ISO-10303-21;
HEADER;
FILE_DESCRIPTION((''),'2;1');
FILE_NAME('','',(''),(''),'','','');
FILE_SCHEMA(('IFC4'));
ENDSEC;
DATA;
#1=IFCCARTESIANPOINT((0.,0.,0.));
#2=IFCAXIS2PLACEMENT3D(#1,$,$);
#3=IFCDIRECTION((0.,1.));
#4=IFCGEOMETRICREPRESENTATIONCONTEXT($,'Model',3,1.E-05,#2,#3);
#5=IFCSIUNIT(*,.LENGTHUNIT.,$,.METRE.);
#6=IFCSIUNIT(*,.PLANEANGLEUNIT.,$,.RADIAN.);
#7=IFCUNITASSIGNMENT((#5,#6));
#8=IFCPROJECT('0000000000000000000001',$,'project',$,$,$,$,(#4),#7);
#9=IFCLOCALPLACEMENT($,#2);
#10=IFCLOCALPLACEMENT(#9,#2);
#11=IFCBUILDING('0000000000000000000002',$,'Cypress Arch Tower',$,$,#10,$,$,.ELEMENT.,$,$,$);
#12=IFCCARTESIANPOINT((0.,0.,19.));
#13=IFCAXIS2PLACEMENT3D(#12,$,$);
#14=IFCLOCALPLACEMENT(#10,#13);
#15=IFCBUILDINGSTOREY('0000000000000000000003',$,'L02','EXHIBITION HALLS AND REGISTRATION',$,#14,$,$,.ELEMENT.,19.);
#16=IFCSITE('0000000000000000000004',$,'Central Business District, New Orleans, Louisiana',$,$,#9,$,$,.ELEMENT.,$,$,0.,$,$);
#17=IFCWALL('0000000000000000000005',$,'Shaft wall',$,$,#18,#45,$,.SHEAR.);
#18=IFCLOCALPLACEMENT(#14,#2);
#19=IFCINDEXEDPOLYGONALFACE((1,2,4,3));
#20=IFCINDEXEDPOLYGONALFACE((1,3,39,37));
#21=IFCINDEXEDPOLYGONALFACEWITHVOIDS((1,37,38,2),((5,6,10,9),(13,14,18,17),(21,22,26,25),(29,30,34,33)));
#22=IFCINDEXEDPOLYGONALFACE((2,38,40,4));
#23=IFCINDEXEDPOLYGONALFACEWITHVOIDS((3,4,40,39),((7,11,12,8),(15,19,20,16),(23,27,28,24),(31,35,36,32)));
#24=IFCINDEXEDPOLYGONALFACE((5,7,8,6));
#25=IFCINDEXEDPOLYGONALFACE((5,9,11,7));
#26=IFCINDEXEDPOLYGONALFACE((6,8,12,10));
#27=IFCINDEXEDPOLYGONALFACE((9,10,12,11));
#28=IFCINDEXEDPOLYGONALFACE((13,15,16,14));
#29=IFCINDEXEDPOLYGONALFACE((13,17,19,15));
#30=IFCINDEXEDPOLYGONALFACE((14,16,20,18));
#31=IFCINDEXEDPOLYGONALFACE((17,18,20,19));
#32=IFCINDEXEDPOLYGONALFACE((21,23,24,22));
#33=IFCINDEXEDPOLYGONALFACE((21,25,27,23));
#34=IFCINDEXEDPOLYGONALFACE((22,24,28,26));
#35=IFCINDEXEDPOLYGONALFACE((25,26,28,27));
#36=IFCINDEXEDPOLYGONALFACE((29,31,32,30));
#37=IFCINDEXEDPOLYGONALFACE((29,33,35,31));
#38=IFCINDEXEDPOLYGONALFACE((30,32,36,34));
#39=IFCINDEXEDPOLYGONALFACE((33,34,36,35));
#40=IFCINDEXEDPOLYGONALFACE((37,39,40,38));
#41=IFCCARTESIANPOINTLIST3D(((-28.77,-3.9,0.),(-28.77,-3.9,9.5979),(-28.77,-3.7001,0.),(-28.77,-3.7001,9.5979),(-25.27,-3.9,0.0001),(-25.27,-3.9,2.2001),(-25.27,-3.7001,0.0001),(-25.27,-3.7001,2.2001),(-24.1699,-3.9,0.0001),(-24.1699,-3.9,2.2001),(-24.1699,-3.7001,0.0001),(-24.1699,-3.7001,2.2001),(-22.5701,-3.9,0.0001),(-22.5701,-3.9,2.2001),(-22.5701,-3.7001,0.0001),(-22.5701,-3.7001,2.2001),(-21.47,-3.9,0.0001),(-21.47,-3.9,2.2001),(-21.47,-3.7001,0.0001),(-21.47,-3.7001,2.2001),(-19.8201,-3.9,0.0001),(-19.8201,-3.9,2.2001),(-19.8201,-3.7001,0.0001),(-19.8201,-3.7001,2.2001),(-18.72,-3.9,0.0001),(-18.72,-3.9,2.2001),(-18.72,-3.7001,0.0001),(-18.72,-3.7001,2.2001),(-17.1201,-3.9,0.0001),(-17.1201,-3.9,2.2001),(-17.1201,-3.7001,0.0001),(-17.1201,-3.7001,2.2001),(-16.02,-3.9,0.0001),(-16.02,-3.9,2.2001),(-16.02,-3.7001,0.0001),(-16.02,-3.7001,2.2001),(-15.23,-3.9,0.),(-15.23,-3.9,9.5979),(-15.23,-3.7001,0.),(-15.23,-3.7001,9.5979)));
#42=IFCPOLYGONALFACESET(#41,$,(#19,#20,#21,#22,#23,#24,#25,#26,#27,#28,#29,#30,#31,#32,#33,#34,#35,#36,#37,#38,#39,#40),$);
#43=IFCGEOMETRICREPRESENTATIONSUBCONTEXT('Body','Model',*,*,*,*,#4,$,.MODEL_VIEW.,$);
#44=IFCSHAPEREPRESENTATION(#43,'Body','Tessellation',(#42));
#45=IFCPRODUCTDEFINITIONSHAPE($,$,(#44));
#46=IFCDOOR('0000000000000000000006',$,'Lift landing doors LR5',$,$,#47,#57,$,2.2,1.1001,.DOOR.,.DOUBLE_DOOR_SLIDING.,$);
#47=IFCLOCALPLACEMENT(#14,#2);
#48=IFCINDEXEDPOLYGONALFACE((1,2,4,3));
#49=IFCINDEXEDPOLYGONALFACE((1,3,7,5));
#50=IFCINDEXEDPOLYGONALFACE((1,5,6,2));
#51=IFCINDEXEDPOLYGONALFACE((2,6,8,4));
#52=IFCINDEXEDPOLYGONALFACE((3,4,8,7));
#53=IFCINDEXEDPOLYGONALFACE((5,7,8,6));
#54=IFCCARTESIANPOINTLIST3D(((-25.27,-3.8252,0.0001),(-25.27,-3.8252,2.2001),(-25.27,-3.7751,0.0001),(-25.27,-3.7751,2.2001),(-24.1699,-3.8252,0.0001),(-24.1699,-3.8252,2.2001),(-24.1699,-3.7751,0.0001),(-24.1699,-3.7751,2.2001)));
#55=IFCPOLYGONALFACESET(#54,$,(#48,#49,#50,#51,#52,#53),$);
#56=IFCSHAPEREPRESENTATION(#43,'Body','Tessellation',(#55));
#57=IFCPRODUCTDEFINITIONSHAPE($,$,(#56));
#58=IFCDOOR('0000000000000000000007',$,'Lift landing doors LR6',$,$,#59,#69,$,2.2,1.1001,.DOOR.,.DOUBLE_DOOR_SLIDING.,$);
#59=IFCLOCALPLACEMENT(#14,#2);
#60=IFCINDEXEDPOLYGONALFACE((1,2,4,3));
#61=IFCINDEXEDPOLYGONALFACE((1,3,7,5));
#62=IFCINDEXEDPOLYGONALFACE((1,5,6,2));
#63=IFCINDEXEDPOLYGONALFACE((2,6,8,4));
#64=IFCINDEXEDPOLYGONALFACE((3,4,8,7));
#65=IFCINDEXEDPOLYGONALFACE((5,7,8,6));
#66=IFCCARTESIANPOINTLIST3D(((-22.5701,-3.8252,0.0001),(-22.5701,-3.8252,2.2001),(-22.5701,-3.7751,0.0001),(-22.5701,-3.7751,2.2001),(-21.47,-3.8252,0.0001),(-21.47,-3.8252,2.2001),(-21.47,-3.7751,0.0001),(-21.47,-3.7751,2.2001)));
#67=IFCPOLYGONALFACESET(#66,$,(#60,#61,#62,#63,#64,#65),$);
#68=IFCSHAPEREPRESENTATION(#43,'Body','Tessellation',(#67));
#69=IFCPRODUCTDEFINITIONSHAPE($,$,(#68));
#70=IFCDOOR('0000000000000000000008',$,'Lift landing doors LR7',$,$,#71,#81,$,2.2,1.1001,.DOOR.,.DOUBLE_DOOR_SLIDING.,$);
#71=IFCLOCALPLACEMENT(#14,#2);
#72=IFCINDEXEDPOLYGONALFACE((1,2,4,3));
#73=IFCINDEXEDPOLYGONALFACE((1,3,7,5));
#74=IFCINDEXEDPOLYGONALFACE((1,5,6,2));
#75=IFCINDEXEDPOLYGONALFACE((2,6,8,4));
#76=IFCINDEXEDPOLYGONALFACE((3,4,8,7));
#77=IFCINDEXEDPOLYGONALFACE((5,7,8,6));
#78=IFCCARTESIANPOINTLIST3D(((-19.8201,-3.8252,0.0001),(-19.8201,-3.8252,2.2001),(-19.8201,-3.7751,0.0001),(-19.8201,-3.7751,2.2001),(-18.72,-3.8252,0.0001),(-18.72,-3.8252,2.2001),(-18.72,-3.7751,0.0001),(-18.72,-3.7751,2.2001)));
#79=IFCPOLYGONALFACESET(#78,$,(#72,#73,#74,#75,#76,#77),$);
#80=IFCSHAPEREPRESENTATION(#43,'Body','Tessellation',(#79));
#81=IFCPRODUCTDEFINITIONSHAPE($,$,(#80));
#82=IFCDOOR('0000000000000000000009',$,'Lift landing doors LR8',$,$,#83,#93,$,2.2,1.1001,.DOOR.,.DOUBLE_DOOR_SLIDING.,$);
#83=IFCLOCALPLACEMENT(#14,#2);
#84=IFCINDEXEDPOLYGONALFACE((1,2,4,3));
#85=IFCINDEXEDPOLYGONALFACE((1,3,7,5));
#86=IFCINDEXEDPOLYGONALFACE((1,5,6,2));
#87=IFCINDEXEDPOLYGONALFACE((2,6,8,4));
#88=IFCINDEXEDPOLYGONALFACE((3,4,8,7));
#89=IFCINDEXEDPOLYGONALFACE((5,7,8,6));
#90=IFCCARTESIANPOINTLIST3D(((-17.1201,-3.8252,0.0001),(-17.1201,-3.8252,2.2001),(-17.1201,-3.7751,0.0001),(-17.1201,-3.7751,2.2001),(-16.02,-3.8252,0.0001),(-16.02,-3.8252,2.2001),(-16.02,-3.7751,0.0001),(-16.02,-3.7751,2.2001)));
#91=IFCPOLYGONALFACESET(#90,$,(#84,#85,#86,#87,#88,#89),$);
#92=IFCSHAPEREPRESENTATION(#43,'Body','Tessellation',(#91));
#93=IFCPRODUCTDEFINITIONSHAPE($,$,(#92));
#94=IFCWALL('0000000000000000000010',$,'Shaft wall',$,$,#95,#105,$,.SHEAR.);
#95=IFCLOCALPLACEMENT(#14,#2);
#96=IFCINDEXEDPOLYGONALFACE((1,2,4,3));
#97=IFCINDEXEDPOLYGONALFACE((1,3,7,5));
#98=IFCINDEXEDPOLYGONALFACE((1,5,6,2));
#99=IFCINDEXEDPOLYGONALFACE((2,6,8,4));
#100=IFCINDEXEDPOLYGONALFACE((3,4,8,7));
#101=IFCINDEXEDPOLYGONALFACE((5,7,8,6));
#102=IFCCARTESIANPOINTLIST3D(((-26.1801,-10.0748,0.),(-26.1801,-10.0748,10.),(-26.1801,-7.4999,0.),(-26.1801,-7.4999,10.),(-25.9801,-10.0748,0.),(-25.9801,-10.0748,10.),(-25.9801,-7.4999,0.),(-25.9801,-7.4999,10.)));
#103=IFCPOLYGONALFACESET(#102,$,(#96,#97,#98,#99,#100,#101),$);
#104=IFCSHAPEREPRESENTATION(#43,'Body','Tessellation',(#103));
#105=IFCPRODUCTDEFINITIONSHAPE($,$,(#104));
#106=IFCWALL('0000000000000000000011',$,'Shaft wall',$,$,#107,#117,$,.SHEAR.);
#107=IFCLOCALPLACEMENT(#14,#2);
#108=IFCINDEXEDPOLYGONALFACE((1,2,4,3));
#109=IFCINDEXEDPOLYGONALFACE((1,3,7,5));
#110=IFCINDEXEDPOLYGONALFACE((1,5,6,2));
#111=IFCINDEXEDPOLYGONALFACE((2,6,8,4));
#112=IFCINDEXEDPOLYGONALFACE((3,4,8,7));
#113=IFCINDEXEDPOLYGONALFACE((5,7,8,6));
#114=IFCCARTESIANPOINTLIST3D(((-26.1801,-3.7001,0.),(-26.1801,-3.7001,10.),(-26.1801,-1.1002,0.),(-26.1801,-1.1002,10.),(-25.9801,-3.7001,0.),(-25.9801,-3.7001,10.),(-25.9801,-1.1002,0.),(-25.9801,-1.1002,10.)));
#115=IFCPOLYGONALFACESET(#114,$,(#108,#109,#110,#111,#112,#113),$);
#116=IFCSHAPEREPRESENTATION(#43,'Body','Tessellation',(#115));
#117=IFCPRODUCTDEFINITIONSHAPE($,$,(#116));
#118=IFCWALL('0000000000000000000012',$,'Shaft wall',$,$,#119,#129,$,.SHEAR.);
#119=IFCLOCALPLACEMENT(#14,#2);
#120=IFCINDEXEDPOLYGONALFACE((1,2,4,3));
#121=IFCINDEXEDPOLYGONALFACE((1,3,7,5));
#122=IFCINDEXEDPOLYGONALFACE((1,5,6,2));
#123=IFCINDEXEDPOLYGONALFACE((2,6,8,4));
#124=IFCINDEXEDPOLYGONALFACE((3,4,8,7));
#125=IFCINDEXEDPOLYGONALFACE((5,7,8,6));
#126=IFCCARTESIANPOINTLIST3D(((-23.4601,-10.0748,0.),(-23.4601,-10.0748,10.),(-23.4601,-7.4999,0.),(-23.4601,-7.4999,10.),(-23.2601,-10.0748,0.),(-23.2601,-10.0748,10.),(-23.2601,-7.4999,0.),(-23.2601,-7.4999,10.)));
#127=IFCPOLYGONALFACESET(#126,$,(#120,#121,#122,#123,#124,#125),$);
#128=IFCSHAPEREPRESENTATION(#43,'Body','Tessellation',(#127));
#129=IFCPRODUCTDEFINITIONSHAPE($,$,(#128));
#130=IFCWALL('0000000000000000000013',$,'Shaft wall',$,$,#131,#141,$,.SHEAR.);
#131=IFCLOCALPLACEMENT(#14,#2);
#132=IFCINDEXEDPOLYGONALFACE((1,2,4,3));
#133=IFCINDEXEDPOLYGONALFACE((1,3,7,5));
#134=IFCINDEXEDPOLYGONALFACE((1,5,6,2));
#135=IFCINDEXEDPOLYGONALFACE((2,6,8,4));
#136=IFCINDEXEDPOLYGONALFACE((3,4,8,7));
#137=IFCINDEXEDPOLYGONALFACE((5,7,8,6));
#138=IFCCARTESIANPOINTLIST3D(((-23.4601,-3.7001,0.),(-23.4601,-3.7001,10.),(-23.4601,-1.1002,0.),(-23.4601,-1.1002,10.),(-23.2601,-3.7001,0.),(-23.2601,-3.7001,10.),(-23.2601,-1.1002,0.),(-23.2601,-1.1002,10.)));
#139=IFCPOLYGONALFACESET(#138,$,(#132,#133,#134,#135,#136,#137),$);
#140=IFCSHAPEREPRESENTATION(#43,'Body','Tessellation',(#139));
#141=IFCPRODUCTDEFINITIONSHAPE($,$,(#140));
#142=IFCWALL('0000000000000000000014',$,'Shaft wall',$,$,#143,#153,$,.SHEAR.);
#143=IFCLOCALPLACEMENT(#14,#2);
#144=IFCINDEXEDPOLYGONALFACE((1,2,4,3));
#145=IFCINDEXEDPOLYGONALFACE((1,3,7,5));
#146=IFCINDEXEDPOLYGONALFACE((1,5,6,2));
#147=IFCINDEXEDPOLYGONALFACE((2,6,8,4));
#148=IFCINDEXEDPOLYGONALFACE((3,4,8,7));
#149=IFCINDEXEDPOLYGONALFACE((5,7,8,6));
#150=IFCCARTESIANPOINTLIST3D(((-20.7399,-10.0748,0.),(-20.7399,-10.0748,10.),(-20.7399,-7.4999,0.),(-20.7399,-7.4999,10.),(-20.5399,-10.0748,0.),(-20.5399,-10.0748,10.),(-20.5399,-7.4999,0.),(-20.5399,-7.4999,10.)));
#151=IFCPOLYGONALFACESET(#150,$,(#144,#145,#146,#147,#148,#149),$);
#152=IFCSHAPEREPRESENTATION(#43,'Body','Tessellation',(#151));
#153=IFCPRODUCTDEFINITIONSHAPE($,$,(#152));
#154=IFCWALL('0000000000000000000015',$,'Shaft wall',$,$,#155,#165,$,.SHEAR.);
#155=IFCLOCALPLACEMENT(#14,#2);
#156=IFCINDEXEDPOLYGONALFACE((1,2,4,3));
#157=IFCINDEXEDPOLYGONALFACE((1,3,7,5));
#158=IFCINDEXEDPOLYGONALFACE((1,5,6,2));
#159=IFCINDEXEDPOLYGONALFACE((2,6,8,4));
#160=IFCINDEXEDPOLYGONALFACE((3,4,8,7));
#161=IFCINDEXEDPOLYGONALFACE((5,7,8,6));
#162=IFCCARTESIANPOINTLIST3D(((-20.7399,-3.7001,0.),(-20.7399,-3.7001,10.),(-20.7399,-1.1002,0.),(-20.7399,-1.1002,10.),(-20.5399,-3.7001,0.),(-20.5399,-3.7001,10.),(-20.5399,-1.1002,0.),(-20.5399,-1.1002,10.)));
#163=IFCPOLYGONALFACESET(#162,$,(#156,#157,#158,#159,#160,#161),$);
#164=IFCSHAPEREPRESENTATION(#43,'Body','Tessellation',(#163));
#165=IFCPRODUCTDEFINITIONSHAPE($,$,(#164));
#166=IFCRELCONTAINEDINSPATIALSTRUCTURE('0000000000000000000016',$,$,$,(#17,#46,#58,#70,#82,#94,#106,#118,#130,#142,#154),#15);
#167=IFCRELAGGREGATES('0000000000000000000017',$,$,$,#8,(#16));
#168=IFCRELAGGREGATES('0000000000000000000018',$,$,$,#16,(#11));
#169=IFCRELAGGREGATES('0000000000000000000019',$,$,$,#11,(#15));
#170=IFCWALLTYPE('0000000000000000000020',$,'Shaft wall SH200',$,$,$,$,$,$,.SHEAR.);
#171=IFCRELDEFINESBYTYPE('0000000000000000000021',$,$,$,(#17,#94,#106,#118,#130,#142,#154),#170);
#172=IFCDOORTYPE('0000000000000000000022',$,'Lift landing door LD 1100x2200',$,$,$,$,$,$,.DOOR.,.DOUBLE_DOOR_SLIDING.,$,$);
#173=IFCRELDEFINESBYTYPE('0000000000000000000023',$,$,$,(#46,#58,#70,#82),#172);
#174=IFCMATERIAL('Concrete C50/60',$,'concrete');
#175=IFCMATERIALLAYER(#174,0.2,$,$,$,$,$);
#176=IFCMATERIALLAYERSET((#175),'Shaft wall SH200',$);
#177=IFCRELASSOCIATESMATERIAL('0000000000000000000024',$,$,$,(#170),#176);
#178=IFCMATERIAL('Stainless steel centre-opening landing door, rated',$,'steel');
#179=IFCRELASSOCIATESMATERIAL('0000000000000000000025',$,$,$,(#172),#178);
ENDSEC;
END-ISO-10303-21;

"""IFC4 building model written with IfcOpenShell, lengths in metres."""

from ifc_helpers import new_model, si_unit, direction, frame, frame_2d, origin, place, context, subcontext, project, spatial, rectangle, extrude, material, layer, layer_set, type_object, element, fill, save


model = new_model("IFC4")

# Units and contexts
model_context = context("Model", 3, precision=1e-05, world=origin(), true_north=direction((0.0, 1.0)))
body_context = subcontext(model_context, "Body", "Model", "MODEL_VIEW")
ifc_project = project(units=[si_unit("LENGTHUNIT", "METRE"), si_unit("PLANEANGLEUNIT", "RADIAN")], contexts=[model_context])

# Site, building, storey
site_placement = place(None, origin())
site = spatial("IfcSite", under=ifc_project, at=site_placement, Name="Central Business District, New Orleans, Louisiana", CompositionType="ELEMENT", RefElevation=0.0)
building_placement = place(site_placement, origin())
building = spatial("IfcBuilding", under=site, at=building_placement, Name="Cypress Arch Tower", CompositionType="ELEMENT")
storey_placement = place(building_placement, frame((0.0, 0.0, 19.0)))
storey = spatial("IfcBuildingStorey", under=building, at=storey_placement, Name="L02", Description="EXHIBITION HALLS AND REGISTRATION", CompositionType="ELEMENT", Elevation=19.0)

# Wall, openings, doors
ifc_material_1 = material(Name="Concrete C50/60", Category="concrete")
ifc_layer = layer(ifc_material_1, 0.2)
ifc_layer_set = layer_set([ifc_layer], Name="Shaft wall SH200")
wall_type = type_object("IfcWallType", Name="Shaft wall SH200", PredefinedType="SHEAR", material=ifc_layer_set)
ifc_material_2 = material(Name="Stainless steel centre-opening landing door, rated", Category="steel")
door_type = type_object("IfcDoorType", Name="Lift landing door LD 1100x2200", OperationType="DOUBLE_DOOR_SLIDING", PredefinedType="DOOR", material=ifc_material_2)
wall_1_placement = place(storey_placement, frame((-28.77, -3.8, 0.0), z_axis=(0.0, 0.0, 1.0), x_axis=(1.0, 0.0, 0.0)))
wall_1 = element("IfcWall", 1, at=wall_1_placement, inside=storey, type_object=wall_type, Name="Shaft wall", PredefinedType="SHEAR", context=body_context, shape_type="SweptSolid", body=[
    extrude(rectangle(XDim=13.54, YDim=0.2, at=frame_2d((6.77, 0.0))), origin(), (0.0, 0.0, 1.0), 9.5979),
])
opening_1_placement = place(wall_1_placement, frame((3.5, 0.0, 0.0)))
opening_1 = element("IfcOpeningElement", 2, at=opening_1_placement, cuts=wall_1, PredefinedType="OPENING", context=body_context, shape_type="SweptSolid", body=[
    extrude(rectangle(XDim=1.1001, YDim=2.2, at=frame_2d((0.55, 1.1001))), frame((0.0, 0.1099, 0.0), z_axis=(0.0, -1.0, 0.0), x_axis=(1.0, 0.0, 0.0)), (0.0, 0.0, 1.0), 0.22),
])
opening_2_placement = place(wall_1_placement, frame((6.2, 0.0, 0.0)))
opening_2 = element("IfcOpeningElement", 3, at=opening_2_placement, cuts=wall_1, PredefinedType="OPENING", context=body_context, shape_type="SweptSolid", body=[
    extrude(rectangle(XDim=1.1001, YDim=2.2, at=frame_2d((0.55, 1.1001))), frame((0.0, 0.1099, 0.0), z_axis=(0.0, -1.0, 0.0), x_axis=(1.0, 0.0, 0.0)), (0.0, 0.0, 1.0), 0.22),
])
opening_3_placement = place(wall_1_placement, frame((8.95, 0.0, 0.0)))
opening_3 = element("IfcOpeningElement", 4, at=opening_3_placement, cuts=wall_1, PredefinedType="OPENING", context=body_context, shape_type="SweptSolid", body=[
    extrude(rectangle(XDim=1.1001, YDim=2.2, at=frame_2d((0.55, 1.1001))), frame((0.0, 0.1099, 0.0), z_axis=(0.0, -1.0, 0.0), x_axis=(1.0, 0.0, 0.0)), (0.0, 0.0, 1.0), 0.22),
])
opening_4_placement = place(wall_1_placement, frame((11.6499, 0.0, 0.0)))
opening_4 = element("IfcOpeningElement", 5, at=opening_4_placement, cuts=wall_1, PredefinedType="OPENING", context=body_context, shape_type="SweptSolid", body=[
    extrude(rectangle(XDim=1.1001, YDim=2.2, at=frame_2d((0.55, 1.1001))), frame((0.0, 0.1099, 0.0), z_axis=(0.0, -1.0, 0.0), x_axis=(1.0, 0.0, 0.0)), (0.0, 0.0, 1.0), 0.22),
])
door_1_placement = place(opening_1_placement, origin())
door_1 = element("IfcDoor", 6, at=door_1_placement, inside=storey, type_object=door_type, Name="Lift landing doors LR5", OperationType="DOUBLE_DOOR_SLIDING", OverallHeight=2.2, OverallWidth=1.1001, PredefinedType="DOOR", context=body_context, shape_type="SweptSolid", body=[
    extrude(rectangle(XDim=1.1001, YDim=2.2, at=frame_2d((0.55, 1.1001))), frame((0.0, 0.0249, 0.0), z_axis=(0.0, -1.0, 0.0), x_axis=(1.0, 0.0, 0.0)), (0.0, 0.0, 1.0), 0.05),
])
fill(opening_1, door_1)
door_2_placement = place(opening_2_placement, origin())
door_2 = element("IfcDoor", 7, at=door_2_placement, inside=storey, type_object=door_type, Name="Lift landing doors LR6", OperationType="DOUBLE_DOOR_SLIDING", OverallHeight=2.2, OverallWidth=1.1001, PredefinedType="DOOR", context=body_context, shape_type="SweptSolid", body=[
    extrude(rectangle(XDim=1.1001, YDim=2.2, at=frame_2d((0.55, 1.1001))), frame((0.0, 0.0249, 0.0), z_axis=(0.0, -1.0, 0.0), x_axis=(1.0, 0.0, 0.0)), (0.0, 0.0, 1.0), 0.05),
])
fill(opening_2, door_2)
door_3_placement = place(opening_3_placement, origin())
door_3 = element("IfcDoor", 8, at=door_3_placement, inside=storey, type_object=door_type, Name="Lift landing doors LR7", OperationType="DOUBLE_DOOR_SLIDING", OverallHeight=2.2, OverallWidth=1.1001, PredefinedType="DOOR", context=body_context, shape_type="SweptSolid", body=[
    extrude(rectangle(XDim=1.1001, YDim=2.2, at=frame_2d((0.55, 1.1001))), frame((0.0, 0.0249, 0.0), z_axis=(0.0, -1.0, 0.0), x_axis=(1.0, 0.0, 0.0)), (0.0, 0.0, 1.0), 0.05),
])
fill(opening_3, door_3)
door_4_placement = place(opening_4_placement, origin())
door_4 = element("IfcDoor", 9, at=door_4_placement, inside=storey, type_object=door_type, Name="Lift landing doors LR8", OperationType="DOUBLE_DOOR_SLIDING", OverallHeight=2.2, OverallWidth=1.1001, PredefinedType="DOOR", context=body_context, shape_type="SweptSolid", body=[
    extrude(rectangle(XDim=1.1001, YDim=2.2, at=frame_2d((0.55, 1.1001))), frame((0.0, 0.0249, 0.0), z_axis=(0.0, -1.0, 0.0), x_axis=(1.0, 0.0, 0.0)), (0.0, 0.0, 1.0), 0.05),
])
fill(opening_4, door_4)

# Walls
wall_2_placement = place(storey_placement, frame((-26.0801, -10.075, 0.0), z_axis=(0.0, 0.0, 1.0), x_axis=(0.0, 1.0, 0.0)))
element("IfcWall", 10, at=wall_2_placement, inside=storey, type_object=wall_type, Name="Shaft wall", PredefinedType="SHEAR", context=body_context, shape_type="SweptSolid", body=[
    extrude(rectangle(XDim=2.575, YDim=0.2, at=frame_2d((1.2876, 0.0))), origin(), (0.0, 0.0, 1.0), 10.0),
])
wall_3_placement = place(storey_placement, frame((-26.0801, -3.7, 0.0), z_axis=(0.0, 0.0, 1.0), x_axis=(0.0, 1.0, 0.0)))
element("IfcWall", 11, at=wall_3_placement, inside=storey, type_object=wall_type, Name="Shaft wall", PredefinedType="SHEAR", context=body_context, shape_type="SweptSolid", body=[
    extrude(rectangle(XDim=2.5999, YDim=0.2, at=frame_2d((1.2998, 0.0))), origin(), (0.0, 0.0, 1.0), 10.0),
])
wall_4_placement = place(storey_placement, frame((-23.3601, -10.075, 0.0), z_axis=(0.0, 0.0, 1.0), x_axis=(0.0, 1.0, 0.0)))
element("IfcWall", 12, at=wall_4_placement, inside=storey, type_object=wall_type, Name="Shaft wall", PredefinedType="SHEAR", context=body_context, shape_type="SweptSolid", body=[
    extrude(rectangle(XDim=2.575, YDim=0.2, at=frame_2d((1.2876, 0.0))), origin(), (0.0, 0.0, 1.0), 10.0),
])
wall_5_placement = place(storey_placement, frame((-23.3601, -3.7, 0.0), z_axis=(0.0, 0.0, 1.0), x_axis=(0.0, 1.0, 0.0)))
element("IfcWall", 13, at=wall_5_placement, inside=storey, type_object=wall_type, Name="Shaft wall", PredefinedType="SHEAR", context=body_context, shape_type="SweptSolid", body=[
    extrude(rectangle(XDim=2.5999, YDim=0.2, at=frame_2d((1.2998, 0.0))), origin(), (0.0, 0.0, 1.0), 10.0),
])
wall_6_placement = place(storey_placement, frame((-20.6399, -10.075, 0.0), z_axis=(0.0, 0.0, 1.0), x_axis=(0.0, 1.0, 0.0)))
element("IfcWall", 14, at=wall_6_placement, inside=storey, type_object=wall_type, Name="Shaft wall", PredefinedType="SHEAR", context=body_context, shape_type="SweptSolid", body=[
    extrude(rectangle(XDim=2.575, YDim=0.2, at=frame_2d((1.2876, 0.0))), origin(), (0.0, 0.0, 1.0), 10.0),
])
wall_7_placement = place(storey_placement, frame((-20.6399, -3.7, 0.0), z_axis=(0.0, 0.0, 1.0), x_axis=(0.0, 1.0, 0.0)))
element("IfcWall", 15, at=wall_7_placement, inside=storey, type_object=wall_type, Name="Shaft wall", PredefinedType="SHEAR", context=body_context, shape_type="SweptSolid", body=[
    extrude(rectangle(XDim=2.5999, YDim=0.2, at=frame_2d((1.2998, 0.0))), origin(), (0.0, 0.0, 1.0), 10.0),
])

save(model, "model.ifc")
